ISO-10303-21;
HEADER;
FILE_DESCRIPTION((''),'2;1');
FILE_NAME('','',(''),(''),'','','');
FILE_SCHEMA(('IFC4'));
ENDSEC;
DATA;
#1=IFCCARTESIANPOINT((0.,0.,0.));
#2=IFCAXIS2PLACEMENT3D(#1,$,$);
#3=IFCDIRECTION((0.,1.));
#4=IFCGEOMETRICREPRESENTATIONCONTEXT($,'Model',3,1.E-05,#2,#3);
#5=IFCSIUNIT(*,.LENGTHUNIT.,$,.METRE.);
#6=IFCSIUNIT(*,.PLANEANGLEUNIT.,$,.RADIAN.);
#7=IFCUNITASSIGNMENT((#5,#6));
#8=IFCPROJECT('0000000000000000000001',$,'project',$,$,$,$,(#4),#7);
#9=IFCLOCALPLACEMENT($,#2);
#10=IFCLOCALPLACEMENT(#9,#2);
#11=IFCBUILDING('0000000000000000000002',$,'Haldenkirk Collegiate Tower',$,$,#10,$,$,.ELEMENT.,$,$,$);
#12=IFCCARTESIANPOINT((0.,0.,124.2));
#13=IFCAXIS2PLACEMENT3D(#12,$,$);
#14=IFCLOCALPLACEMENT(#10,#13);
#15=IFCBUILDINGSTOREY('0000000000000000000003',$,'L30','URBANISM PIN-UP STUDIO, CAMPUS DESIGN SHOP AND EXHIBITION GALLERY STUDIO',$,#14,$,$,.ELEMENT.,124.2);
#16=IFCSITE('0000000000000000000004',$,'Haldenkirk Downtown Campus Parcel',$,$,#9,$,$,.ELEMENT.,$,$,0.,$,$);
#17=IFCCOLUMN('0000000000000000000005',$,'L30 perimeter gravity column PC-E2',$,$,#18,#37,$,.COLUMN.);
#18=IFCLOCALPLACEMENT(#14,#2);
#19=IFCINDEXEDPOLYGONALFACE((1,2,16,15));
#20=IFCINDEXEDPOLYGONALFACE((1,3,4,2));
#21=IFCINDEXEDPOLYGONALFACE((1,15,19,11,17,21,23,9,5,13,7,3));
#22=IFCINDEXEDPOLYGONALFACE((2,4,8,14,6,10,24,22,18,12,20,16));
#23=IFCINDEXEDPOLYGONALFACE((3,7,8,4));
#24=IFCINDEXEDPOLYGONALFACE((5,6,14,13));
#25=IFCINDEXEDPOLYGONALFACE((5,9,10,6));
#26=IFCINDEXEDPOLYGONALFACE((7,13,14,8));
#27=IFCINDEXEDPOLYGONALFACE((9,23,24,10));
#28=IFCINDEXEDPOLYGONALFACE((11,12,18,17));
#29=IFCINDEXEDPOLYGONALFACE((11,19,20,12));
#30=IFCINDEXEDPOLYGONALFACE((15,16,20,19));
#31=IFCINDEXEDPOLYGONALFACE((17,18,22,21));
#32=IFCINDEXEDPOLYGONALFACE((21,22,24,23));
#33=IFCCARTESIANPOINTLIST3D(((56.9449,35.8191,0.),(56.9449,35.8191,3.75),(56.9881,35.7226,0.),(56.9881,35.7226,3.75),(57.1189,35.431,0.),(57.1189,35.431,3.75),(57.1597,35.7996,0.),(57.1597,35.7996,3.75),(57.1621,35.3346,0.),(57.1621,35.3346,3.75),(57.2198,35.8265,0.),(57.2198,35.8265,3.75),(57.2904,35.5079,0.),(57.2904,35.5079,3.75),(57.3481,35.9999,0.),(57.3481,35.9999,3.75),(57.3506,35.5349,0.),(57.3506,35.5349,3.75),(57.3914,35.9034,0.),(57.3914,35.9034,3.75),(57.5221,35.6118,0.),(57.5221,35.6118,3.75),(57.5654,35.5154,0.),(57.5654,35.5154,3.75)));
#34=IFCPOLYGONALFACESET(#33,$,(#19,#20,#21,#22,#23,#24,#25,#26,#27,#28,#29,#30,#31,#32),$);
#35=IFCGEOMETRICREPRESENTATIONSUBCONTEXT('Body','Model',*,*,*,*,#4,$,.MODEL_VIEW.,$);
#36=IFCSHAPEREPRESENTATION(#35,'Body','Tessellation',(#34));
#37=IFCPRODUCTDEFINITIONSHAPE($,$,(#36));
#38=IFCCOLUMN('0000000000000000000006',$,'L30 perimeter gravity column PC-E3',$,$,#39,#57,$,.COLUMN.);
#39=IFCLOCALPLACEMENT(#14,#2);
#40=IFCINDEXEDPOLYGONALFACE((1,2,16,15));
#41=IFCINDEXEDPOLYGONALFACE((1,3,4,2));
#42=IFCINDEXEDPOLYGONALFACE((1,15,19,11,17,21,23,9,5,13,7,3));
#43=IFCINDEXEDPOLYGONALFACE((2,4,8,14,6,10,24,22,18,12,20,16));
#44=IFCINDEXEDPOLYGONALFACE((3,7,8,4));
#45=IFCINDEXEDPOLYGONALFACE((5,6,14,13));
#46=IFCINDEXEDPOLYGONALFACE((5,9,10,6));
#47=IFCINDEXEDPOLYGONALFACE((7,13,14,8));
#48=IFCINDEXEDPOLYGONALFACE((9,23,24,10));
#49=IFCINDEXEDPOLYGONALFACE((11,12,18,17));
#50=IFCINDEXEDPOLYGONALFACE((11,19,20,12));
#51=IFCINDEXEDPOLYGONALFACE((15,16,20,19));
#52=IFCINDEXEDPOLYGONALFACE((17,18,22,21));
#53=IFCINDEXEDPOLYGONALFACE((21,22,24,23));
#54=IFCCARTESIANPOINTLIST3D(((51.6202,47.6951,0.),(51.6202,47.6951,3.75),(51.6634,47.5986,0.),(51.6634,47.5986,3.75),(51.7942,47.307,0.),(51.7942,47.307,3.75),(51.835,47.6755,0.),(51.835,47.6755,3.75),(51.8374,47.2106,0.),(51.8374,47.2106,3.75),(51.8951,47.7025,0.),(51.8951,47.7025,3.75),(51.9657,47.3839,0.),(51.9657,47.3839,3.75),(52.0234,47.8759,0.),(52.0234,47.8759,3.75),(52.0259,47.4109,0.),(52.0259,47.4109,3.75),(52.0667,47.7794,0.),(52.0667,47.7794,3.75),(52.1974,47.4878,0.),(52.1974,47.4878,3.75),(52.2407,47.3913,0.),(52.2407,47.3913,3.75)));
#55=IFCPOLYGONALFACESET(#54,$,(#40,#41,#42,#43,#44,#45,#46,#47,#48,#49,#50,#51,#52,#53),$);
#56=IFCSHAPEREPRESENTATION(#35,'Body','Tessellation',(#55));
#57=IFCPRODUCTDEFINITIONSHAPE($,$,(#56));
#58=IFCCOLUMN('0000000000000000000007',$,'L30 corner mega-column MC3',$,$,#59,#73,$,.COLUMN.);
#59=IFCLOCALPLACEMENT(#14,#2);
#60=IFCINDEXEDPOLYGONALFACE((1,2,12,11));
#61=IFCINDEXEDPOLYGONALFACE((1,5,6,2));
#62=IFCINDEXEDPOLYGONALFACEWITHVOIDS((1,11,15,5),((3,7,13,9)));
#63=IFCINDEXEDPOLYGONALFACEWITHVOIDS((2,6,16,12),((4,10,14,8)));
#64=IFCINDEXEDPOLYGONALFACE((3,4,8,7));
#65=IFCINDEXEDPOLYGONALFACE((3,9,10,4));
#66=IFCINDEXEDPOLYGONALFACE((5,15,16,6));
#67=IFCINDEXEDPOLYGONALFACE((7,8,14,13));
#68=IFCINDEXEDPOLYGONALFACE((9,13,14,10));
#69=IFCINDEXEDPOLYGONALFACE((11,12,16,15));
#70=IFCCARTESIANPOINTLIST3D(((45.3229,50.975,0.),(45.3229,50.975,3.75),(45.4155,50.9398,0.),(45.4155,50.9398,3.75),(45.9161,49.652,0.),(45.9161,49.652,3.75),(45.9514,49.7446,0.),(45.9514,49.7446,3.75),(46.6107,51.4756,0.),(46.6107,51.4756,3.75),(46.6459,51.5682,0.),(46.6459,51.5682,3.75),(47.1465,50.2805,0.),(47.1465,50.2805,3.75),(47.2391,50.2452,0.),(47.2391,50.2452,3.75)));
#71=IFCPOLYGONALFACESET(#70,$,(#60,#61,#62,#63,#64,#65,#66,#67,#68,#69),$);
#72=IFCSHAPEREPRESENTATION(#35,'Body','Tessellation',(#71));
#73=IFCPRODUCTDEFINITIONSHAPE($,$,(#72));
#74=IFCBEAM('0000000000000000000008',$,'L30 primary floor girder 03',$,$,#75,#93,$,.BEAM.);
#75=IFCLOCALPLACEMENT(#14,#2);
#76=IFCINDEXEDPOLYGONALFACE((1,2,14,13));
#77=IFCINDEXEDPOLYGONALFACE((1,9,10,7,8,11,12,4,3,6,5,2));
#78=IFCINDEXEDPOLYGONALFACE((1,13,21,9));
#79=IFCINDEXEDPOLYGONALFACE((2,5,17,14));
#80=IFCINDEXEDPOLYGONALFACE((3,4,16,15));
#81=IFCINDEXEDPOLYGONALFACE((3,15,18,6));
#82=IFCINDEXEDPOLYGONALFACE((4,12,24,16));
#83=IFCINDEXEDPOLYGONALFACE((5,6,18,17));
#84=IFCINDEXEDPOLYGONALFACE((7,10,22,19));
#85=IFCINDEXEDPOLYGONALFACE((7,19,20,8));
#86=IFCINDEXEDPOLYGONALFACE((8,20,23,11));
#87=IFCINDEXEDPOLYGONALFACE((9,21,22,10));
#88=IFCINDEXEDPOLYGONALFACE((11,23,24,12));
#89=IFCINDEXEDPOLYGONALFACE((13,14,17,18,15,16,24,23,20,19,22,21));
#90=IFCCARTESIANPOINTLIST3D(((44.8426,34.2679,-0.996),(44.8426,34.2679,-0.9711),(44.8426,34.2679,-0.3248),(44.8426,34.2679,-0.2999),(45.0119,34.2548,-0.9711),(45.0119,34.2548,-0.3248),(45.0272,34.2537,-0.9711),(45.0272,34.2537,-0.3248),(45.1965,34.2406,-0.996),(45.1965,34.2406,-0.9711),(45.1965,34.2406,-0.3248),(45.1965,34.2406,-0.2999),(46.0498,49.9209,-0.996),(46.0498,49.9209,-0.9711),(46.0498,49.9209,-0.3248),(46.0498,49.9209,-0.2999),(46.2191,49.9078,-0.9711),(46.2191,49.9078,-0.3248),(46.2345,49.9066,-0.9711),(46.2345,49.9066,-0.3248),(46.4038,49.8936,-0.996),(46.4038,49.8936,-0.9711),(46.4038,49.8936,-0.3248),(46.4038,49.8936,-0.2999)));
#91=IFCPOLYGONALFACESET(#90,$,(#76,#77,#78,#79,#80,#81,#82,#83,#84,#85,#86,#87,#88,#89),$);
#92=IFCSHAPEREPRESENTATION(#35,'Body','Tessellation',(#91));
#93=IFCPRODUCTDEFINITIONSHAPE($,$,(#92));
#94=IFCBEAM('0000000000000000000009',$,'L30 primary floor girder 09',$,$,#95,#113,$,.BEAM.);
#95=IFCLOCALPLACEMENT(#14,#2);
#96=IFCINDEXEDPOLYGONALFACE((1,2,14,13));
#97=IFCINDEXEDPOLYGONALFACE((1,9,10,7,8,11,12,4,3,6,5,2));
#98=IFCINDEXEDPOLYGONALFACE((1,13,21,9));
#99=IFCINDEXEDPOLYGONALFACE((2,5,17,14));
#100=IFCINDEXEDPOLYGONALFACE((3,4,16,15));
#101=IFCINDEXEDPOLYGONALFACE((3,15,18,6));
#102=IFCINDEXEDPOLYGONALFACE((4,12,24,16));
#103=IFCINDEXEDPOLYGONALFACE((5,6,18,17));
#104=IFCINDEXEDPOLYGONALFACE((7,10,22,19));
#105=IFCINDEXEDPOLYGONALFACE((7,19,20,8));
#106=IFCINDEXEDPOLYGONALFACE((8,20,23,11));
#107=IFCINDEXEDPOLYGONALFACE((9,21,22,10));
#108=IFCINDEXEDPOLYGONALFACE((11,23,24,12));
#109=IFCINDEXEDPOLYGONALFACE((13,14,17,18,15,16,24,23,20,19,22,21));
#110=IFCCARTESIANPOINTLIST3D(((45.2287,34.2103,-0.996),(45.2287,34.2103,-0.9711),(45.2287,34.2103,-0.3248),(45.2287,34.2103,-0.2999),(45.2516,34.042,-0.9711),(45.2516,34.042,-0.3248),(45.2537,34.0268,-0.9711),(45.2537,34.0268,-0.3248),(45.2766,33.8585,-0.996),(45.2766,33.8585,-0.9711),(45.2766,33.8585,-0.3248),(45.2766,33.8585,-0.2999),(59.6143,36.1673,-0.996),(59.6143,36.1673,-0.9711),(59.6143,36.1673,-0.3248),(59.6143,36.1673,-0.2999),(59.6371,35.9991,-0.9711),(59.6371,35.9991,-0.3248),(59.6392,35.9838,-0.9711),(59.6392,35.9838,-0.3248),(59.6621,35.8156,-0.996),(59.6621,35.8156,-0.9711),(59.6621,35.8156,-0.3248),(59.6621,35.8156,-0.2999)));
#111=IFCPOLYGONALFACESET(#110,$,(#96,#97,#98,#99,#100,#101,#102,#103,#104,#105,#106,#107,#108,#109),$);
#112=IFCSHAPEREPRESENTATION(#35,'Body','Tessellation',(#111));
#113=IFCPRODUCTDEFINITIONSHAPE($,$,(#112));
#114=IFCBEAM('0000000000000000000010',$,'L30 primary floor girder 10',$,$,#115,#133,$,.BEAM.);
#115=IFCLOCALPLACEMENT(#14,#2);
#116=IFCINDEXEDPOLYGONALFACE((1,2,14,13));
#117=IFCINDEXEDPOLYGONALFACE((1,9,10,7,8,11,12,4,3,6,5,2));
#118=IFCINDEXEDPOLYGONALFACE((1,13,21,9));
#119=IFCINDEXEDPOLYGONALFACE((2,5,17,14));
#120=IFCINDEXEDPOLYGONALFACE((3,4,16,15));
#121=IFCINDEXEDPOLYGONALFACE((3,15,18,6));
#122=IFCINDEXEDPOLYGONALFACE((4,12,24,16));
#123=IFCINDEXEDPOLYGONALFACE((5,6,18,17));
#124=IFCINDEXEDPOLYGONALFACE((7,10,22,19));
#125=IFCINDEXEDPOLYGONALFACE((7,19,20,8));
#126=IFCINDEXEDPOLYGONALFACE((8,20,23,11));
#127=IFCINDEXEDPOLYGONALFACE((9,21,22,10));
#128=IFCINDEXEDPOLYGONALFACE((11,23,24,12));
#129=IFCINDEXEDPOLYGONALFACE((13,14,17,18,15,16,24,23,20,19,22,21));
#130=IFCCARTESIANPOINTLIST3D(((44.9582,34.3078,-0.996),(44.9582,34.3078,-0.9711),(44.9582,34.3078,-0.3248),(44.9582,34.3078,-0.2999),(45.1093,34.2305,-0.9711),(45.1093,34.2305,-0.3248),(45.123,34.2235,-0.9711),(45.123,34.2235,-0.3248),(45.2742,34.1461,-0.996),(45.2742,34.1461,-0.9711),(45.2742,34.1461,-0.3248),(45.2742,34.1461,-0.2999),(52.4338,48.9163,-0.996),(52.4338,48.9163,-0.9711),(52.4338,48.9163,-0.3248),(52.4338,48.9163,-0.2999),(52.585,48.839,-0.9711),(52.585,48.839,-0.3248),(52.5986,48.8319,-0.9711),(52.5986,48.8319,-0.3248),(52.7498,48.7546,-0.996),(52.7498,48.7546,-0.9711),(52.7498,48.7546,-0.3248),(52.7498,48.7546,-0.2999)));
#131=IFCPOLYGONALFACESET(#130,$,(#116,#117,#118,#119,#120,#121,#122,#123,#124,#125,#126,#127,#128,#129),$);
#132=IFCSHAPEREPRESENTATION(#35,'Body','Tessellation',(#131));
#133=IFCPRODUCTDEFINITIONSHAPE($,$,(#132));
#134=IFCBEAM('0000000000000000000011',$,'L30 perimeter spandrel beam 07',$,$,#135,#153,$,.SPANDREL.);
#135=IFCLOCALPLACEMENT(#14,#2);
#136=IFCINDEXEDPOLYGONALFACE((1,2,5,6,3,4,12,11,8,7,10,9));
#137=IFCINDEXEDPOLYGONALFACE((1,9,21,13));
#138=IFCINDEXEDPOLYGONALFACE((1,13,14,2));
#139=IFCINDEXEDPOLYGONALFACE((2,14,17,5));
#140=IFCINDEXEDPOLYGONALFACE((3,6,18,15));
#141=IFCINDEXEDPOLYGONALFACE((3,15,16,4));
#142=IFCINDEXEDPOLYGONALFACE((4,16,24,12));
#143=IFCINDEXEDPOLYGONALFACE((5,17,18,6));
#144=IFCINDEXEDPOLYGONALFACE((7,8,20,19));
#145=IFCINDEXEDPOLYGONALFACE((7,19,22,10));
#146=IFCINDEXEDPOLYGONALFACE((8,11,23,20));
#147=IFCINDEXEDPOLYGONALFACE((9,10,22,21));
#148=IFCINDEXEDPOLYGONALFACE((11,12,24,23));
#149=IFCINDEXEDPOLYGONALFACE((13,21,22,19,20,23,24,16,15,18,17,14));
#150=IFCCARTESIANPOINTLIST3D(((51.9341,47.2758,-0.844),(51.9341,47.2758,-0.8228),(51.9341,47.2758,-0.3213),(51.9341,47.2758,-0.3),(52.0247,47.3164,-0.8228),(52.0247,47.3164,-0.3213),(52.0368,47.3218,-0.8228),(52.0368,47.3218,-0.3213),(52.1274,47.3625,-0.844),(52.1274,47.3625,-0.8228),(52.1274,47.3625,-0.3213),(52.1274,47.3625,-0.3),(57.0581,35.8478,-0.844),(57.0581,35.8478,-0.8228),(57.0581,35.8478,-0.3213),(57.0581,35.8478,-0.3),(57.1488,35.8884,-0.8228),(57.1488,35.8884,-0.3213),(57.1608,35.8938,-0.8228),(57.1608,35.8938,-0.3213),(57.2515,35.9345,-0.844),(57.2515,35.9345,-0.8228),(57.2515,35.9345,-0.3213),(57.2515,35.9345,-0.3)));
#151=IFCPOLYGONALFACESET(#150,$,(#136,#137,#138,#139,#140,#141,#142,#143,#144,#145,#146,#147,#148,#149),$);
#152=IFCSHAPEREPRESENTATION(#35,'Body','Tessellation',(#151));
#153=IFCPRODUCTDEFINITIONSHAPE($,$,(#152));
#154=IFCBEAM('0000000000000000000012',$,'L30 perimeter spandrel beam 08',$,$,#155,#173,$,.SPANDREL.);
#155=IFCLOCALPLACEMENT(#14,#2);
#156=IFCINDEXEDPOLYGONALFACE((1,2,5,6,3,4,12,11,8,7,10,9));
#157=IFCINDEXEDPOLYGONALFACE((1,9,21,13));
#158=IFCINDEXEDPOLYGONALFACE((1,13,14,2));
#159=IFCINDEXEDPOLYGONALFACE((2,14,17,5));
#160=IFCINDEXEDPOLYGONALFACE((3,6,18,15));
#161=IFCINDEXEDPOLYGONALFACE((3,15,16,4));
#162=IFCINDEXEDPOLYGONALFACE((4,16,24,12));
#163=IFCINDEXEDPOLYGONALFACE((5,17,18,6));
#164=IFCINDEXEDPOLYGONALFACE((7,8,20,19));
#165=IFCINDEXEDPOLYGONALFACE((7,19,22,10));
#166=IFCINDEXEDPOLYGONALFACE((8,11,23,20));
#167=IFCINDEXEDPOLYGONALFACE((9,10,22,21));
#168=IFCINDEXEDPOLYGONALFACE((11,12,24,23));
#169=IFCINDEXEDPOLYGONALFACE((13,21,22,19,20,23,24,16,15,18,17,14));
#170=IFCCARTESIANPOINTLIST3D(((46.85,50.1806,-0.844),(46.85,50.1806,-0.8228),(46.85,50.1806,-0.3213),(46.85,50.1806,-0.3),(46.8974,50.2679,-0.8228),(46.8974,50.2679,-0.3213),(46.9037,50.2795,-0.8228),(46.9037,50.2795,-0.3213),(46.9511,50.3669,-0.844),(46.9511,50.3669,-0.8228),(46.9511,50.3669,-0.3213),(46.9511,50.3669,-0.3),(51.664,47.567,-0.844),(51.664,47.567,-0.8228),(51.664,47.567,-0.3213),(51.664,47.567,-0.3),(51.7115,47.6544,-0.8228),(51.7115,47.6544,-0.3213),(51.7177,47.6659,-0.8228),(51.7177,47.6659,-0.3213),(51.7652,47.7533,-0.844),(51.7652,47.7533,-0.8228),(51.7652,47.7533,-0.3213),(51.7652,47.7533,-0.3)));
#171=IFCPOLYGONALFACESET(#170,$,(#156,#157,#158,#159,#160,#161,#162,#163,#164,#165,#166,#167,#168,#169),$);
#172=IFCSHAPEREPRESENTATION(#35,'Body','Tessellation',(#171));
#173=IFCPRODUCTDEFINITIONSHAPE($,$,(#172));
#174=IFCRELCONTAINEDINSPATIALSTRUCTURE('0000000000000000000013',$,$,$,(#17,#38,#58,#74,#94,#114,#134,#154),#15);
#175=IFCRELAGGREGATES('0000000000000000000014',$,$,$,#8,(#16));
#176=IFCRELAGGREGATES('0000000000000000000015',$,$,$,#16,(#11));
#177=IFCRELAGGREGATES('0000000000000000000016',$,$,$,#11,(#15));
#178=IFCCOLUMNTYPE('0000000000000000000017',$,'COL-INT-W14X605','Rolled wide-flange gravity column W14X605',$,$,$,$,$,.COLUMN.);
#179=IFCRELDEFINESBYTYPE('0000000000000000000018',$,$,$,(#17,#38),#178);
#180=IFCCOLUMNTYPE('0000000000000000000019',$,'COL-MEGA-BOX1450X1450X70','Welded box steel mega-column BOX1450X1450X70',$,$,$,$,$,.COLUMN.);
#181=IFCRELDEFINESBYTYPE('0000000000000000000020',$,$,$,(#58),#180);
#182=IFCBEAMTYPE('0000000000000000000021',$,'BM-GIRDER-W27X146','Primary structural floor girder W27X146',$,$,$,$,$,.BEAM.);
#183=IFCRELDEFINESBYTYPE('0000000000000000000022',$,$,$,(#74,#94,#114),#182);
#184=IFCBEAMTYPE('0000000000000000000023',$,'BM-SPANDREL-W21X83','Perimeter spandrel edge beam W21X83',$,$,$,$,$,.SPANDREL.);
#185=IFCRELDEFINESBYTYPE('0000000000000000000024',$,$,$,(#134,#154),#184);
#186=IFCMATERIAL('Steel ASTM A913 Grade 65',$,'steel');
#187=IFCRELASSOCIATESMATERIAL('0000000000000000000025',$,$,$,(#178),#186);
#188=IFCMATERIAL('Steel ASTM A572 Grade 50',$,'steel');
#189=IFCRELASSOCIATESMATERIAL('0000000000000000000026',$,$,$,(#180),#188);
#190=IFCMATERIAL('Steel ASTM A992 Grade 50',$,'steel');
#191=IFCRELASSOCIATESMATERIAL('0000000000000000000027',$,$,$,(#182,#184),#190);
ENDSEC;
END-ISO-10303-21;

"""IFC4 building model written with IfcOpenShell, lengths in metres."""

from ifc_helpers import new_model, si_unit, direction, frame, origin, origin_2d, place, context, subcontext, project, spatial, hollow_rectangle, i_section, extrude, material, material_profile, profile_set, type_object, element, save


model = new_model("IFC4")

# Units and contexts
model_context = context("Model", 3, precision=1e-05, world=origin(), true_north=direction((0.0, 1.0)))
body_context = subcontext(model_context, "Body", "Model", "MODEL_VIEW")
ifc_project = project(units=[si_unit("LENGTHUNIT", "METRE"), si_unit("PLANEANGLEUNIT", "RADIAN")], contexts=[model_context])

# Site, building, storey
site_placement = place(None, origin())
site = spatial("IfcSite", under=ifc_project, at=site_placement, Name="Haldenkirk Downtown Campus Parcel", CompositionType="ELEMENT", RefElevation=0.0)
building_placement = place(site_placement, origin())
building = spatial("IfcBuilding", under=site, at=building_placement, Name="Haldenkirk Collegiate Tower", CompositionType="ELEMENT")
storey_placement = place(building_placement, frame((0.0, 0.0, 124.2)))
storey = spatial("IfcBuildingStorey", under=building, at=storey_placement, Name="L30", Description="URBANISM PIN-UP STUDIO, CAMPUS DESIGN SHOP AND EXHIBITION GALLERY STUDIO", CompositionType="ELEMENT", Elevation=124.2)

# Columns
ifc_material_1 = material(Name="Steel ASTM A913 Grade 65", Category="steel")
ifc_material_profile_1 = material_profile(ifc_material_1, i_section(OverallWidth=0.4419, OverallDepth=0.531, WebThickness=0.0659, FlangeThickness=0.1057, at=origin_2d()), Name="W14X605")
ifc_profile_set_1 = profile_set([ifc_material_profile_1], Name="Steel ASTM A913 Grade 65")
column_type_1 = type_object("IfcColumnType", Name="COL-INT-W14X605", Description="Rolled wide-flange gravity column W14X605", PredefinedType="COLUMN", material=ifc_profile_set_1)
for number, where, z_axis, x_axis, name in (
    (1, (57.2551, 35.6672, 0.0), (0.0, 0.0, 1.0), (0.912477, 0.409127, 0.0), "L30 perimeter gravity column PC-E2"),
    (2, (51.9304, 47.5432, 0.0), (0.0, 0.0, 1.0), (0.912477, 0.409127, 0.0), "L30 perimeter gravity column PC-E3"),
):
    element("IfcColumn", number, at=place(storey_placement, frame(where, z_axis=z_axis, x_axis=x_axis)), inside=storey, type_object=column_type_1, Name=name, PredefinedType="COLUMN", context=body_context, shape_type="SweptSolid", body=[
        extrude(i_section(OverallWidth=0.4419, OverallDepth=0.531, WebThickness=0.0659, FlangeThickness=0.1057, at=origin_2d()), origin(), (0.0, 0.0, 1.0), 3.75),
    ])
ifc_material_2 = material(Name="Steel ASTM A572 Grade 50", Category="steel")
ifc_material_profile_2 = material_profile(ifc_material_2, hollow_rectangle(XDim=1.45, YDim=1.45, WallThickness=0.0701, at=origin_2d()), Name="BOX1450X1450X70")
ifc_profile_set_2 = profile_set([ifc_material_profile_2], Name="Steel ASTM A572 Grade 50")
column_type_2 = type_object("IfcColumnType", Name="COL-MEGA-BOX1450X1450X70", Description="Welded box steel mega-column BOX1450X1450X70", PredefinedType="COLUMN", material=ifc_profile_set_2)
column_placement = place(storey_placement, frame((46.281, 50.6101, 0.0), z_axis=(0.0, 0.0, 1.0), x_axis=(0.912477, 0.409127, 0.0)))
element("IfcColumn", 3, at=column_placement, inside=storey, type_object=column_type_2, Name="L30 corner mega-column MC3", PredefinedType="COLUMN", context=body_context, shape_type="SweptSolid", body=[
    extrude(hollow_rectangle(XDim=1.45, YDim=1.45, WallThickness=0.0701, at=origin_2d()), origin(), (0.0, 0.0, 1.0), 3.75),
])

# Beams
ifc_material_3 = material(Name="Steel ASTM A992 Grade 50", Category="steel")
ifc_material_profile_3 = material_profile(ifc_material_3, i_section(OverallWidth=0.355, OverallDepth=0.696, WebThickness=0.0154, FlangeThickness=0.0249, at=origin_2d()), Name="W27X146")
ifc_profile_set_3 = profile_set([ifc_material_profile_3], Name="Steel ASTM A992 Grade 50")
beam_type_1 = type_object("IfcBeamType", Name="BM-GIRDER-W27X146", Description="Primary structural floor girder W27X146", PredefinedType="BEAM", material=ifc_profile_set_3)
beam_1_placement = place(storey_placement, frame((46.2268, 49.9072, -0.6479), z_axis=(-0.076899, -0.997039, 0.0), x_axis=(0.997039, -0.076899, 0.0)))
element("IfcBeam", 4, at=beam_1_placement, inside=storey, type_object=beam_type_1, Name="L30 primary floor girder 03", PredefinedType="BEAM", context=body_context, shape_type="SweptSolid", body=[
    extrude(i_section(OverallWidth=0.355, OverallDepth=0.696, WebThickness=0.0154, FlangeThickness=0.0249, at=origin_2d()), origin(), (0.0, 0.0, 1.0), 15.6995),
])
beam_2_placement = place(storey_placement, frame((59.6382, 35.9915, -0.6479), z_axis=(-0.990873, -0.1348, 0.0), x_axis=(0.1348, -0.990873, 0.0)))
element("IfcBeam", 5, at=beam_2_placement, inside=storey, type_object=beam_type_1, Name="L30 primary floor girder 09", PredefinedType="BEAM", context=body_context, shape_type="SweptSolid", body=[
    extrude(i_section(OverallWidth=0.355, OverallDepth=0.696, WebThickness=0.0154, FlangeThickness=0.0249, at=origin_2d()), origin(), (0.0, 0.0, 1.0), 14.5181),
])
beam_3_placement = place(storey_placement, frame((52.5918, 48.8354, -0.6479), z_axis=(-0.455549, -0.890211, 0.0), x_axis=(0.890211, -0.455549, 0.0)))
element("IfcBeam", 6, at=beam_3_placement, inside=storey, type_object=beam_type_1, Name="L30 primary floor girder 10", PredefinedType="BEAM", context=body_context, shape_type="SweptSolid", body=[
    extrude(i_section(OverallWidth=0.355, OverallDepth=0.696, WebThickness=0.0154, FlangeThickness=0.0249, at=origin_2d()), origin(), (0.0, 0.0, 1.0), 16.4102),
])
ifc_material_profile_4 = material_profile(ifc_material_3, i_section(OverallWidth=0.2119, OverallDepth=0.5439, WebThickness=0.0132, FlangeThickness=0.0212, at=origin_2d()), Name="W21X83")
ifc_profile_set_4 = profile_set([ifc_material_profile_4], Name="Steel ASTM A992 Grade 50")
beam_type_2 = type_object("IfcBeamType", Name="BM-SPANDREL-W21X83", Description="Perimeter spandrel edge beam W21X83", PredefinedType="SPANDREL", material=ifc_profile_set_4)
beam_4_placement = place(storey_placement, frame((57.1548, 35.8911, -0.572), z_axis=(-0.409131, 0.912475, 0.0), x_axis=(-0.912475, -0.409131, 0.0)))
element("IfcBeam", 7, at=beam_4_placement, inside=storey, type_object=beam_type_2, Name="L30 perimeter spandrel beam 07", PredefinedType="SPANDREL", context=body_context, shape_type="SweptSolid", body=[
    extrude(i_section(OverallWidth=0.2119, OverallDepth=0.5439, WebThickness=0.0132, FlangeThickness=0.0212, at=origin_2d()), origin(), (0.0, 0.0, 1.0), 12.5242),
])
beam_5_placement = place(storey_placement, frame((51.7146, 47.6602, -0.572), z_axis=(-0.878836, 0.477124, 0.0), x_axis=(-0.477124, -0.878836, 0.0)))
element("IfcBeam", 8, at=beam_5_placement, inside=storey, type_object=beam_type_2, Name="L30 perimeter spandrel beam 08", PredefinedType="SPANDREL", context=body_context, shape_type="SweptSolid", body=[
    extrude(i_section(OverallWidth=0.2119, OverallDepth=0.5439, WebThickness=0.0132, FlangeThickness=0.0212, at=origin_2d()), origin(), (0.0, 0.0, 1.0), 5.4778),
])

save(model, "model.ifc")
